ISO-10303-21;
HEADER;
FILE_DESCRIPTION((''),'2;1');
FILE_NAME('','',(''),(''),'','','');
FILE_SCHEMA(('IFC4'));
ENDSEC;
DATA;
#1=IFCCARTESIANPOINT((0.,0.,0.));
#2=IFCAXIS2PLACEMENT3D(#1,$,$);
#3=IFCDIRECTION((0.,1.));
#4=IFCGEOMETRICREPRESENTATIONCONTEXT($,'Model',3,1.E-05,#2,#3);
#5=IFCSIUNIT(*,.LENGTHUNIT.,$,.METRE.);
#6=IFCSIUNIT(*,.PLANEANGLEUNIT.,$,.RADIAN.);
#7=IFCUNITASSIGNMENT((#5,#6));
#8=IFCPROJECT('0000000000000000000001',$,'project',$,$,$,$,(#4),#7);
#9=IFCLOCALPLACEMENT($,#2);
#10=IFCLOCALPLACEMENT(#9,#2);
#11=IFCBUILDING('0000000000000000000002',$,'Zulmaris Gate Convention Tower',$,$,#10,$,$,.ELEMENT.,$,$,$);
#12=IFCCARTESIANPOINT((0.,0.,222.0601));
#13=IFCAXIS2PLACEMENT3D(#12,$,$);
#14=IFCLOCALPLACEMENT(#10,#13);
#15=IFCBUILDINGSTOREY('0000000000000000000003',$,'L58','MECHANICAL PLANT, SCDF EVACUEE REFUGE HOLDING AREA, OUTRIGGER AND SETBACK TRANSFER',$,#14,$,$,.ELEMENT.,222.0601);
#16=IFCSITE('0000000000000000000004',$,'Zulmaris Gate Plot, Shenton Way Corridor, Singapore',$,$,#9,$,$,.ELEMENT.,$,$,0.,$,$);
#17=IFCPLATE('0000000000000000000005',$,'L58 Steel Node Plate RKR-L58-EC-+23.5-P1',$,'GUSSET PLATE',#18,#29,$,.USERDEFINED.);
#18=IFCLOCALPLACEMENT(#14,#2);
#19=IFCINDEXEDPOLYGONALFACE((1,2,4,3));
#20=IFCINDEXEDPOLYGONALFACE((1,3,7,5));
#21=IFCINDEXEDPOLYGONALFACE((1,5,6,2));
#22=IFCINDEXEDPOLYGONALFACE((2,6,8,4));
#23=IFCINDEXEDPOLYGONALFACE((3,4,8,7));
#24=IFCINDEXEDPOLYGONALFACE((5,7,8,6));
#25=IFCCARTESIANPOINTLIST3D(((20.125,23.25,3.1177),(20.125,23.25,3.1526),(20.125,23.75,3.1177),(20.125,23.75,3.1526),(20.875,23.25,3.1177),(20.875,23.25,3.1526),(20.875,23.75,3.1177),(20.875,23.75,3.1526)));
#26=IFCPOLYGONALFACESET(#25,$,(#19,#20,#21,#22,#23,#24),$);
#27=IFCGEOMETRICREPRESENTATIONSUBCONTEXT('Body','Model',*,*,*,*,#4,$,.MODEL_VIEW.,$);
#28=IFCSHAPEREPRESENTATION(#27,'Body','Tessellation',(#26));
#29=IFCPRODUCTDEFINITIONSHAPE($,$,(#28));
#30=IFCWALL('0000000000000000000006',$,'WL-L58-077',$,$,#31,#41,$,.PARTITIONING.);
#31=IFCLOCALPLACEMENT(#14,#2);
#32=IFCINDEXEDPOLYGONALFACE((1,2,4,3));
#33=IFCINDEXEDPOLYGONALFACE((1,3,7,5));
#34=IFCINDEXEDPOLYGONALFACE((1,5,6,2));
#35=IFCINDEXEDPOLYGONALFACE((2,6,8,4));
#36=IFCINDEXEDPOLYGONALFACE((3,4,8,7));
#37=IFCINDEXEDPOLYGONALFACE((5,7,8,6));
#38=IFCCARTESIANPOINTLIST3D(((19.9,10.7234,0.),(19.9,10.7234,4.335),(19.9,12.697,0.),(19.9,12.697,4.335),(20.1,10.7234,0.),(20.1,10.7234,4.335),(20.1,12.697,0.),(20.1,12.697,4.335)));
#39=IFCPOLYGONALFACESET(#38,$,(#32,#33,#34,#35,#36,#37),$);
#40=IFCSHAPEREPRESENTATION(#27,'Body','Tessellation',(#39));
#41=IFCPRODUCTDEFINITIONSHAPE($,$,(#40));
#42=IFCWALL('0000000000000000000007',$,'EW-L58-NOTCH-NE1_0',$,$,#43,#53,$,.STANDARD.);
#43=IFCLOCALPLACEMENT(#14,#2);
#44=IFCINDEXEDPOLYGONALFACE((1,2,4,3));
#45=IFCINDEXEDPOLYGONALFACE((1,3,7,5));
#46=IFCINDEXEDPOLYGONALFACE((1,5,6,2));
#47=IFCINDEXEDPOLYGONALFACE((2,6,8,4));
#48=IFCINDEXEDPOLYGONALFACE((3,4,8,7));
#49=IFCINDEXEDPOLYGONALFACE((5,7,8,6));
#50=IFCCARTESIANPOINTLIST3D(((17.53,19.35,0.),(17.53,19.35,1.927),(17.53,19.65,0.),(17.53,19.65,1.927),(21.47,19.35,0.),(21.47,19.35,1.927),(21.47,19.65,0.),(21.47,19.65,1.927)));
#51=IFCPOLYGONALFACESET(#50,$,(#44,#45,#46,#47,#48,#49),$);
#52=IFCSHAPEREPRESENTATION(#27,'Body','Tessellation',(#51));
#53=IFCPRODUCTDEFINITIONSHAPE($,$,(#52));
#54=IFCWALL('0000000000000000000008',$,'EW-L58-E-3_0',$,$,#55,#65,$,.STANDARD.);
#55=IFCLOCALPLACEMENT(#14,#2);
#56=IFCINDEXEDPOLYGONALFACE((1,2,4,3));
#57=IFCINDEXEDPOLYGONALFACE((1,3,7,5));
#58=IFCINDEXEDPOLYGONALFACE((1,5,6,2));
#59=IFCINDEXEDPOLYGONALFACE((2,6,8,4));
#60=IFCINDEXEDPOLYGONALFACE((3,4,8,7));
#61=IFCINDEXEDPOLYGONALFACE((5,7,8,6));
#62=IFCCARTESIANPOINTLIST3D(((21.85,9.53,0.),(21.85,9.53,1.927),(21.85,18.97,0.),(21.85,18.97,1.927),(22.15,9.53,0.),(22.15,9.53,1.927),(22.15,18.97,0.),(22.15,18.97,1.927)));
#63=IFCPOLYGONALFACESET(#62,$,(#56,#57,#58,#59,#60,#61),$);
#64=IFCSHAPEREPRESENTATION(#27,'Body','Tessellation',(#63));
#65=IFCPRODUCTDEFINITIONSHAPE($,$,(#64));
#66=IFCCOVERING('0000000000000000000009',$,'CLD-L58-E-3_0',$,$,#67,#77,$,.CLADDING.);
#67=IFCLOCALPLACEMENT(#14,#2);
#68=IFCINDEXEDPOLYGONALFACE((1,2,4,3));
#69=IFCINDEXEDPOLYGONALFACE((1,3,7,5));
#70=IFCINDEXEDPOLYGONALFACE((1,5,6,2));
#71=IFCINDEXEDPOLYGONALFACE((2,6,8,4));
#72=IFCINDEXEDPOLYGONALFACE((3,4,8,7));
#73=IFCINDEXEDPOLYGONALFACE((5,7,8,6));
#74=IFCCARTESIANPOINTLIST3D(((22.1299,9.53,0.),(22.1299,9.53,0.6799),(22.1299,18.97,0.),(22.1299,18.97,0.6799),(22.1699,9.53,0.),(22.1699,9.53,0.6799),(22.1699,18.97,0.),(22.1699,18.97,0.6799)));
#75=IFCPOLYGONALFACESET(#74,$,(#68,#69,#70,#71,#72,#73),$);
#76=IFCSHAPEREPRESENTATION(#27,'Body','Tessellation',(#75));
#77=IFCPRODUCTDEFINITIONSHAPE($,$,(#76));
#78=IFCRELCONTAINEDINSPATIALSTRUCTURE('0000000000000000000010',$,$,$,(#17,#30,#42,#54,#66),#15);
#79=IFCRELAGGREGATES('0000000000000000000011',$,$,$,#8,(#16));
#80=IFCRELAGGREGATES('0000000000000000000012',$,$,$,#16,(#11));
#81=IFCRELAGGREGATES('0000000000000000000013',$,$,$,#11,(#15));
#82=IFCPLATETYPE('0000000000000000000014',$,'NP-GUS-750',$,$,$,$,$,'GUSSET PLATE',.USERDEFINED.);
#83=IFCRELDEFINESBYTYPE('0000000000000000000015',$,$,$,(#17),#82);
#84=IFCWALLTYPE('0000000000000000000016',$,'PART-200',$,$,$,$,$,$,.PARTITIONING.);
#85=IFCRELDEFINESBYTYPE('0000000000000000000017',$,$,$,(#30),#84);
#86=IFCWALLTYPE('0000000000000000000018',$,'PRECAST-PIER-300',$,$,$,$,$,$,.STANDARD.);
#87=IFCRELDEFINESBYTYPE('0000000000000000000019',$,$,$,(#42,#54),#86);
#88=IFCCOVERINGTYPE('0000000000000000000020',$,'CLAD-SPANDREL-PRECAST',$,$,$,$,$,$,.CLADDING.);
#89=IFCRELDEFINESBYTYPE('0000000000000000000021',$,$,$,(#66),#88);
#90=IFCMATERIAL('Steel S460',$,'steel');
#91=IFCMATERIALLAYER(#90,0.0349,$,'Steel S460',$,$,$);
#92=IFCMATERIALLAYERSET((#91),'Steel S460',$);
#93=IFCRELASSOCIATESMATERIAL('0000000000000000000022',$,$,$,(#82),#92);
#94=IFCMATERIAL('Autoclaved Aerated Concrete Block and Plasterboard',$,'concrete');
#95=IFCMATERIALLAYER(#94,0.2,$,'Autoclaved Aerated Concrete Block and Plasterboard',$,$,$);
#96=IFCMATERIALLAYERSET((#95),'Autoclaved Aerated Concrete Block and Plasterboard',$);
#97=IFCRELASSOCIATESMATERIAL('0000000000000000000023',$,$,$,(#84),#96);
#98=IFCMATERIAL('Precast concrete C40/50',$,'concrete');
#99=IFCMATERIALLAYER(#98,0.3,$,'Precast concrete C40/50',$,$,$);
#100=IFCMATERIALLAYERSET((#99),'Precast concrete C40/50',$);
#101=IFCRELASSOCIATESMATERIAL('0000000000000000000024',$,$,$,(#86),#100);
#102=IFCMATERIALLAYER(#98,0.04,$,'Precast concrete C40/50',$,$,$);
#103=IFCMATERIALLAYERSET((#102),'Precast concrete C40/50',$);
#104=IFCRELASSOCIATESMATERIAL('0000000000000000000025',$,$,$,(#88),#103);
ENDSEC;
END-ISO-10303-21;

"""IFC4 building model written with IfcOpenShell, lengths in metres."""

from ifc_helpers import new_model, si_unit, direction, frame, frame_2d, origin, origin_2d, place, context, subcontext, project, spatial, rectangle, extrude, material, layer, layer_set, type_object, element, save


model = new_model("IFC4")

# Units and contexts
model_context = context("Model", 3, precision=1e-05, world=origin(), true_north=direction((0.0, 1.0)))
body_context = subcontext(model_context, "Body", "Model", "MODEL_VIEW")
ifc_project = project(units=[si_unit("LENGTHUNIT", "METRE"), si_unit("PLANEANGLEUNIT", "RADIAN")], contexts=[model_context])

# Site, building, storey
site_placement = place(None, origin())
site = spatial("IfcSite", under=ifc_project, at=site_placement, Name="Zulmaris Gate Plot, Shenton Way Corridor, Singapore", CompositionType="ELEMENT", RefElevation=0.0)
building_placement = place(site_placement, origin())
building = spatial("IfcBuilding", under=site, at=building_placement, Name="Zulmaris Gate Convention Tower", CompositionType="ELEMENT")
storey_placement = place(building_placement, frame((0.0, 0.0, 222.0601)))
storey = spatial("IfcBuildingStorey", under=building, at=storey_placement, Name="L58", Description="MECHANICAL PLANT, SCDF EVACUEE REFUGE HOLDING AREA, OUTRIGGER AND SETBACK TRANSFER", CompositionType="ELEMENT", Elevation=222.0601)

# Shared definitions
ifc_material_1 = material(Name="Steel S460", Category="steel")

# Plate
ifc_layer_1 = layer(ifc_material_1, 0.0349, Name="Steel S460")
ifc_layer_set_1 = layer_set([ifc_layer_1], Name="Steel S460")
plate_type_1 = type_object("IfcPlateType", Name="NP-GUS-750", ElementType="GUSSET PLATE", PredefinedType="USERDEFINED", material=ifc_layer_set_1)
for number, where, z_axis, x_axis, name in (
    (1, (20.5, 23.5, 3.1177), (0.0, 0.0, 1.0), (1.0, 0.0, 0.0), "L58 Steel Node Plate RKR-L58-EC-+23.5-P1"),
):
    element("IfcPlate", number, at=place(storey_placement, frame(where, z_axis=z_axis, x_axis=x_axis)), inside=storey, type_object=plate_type_1, Name=name, ObjectType="GUSSET PLATE", PredefinedType="USERDEFINED", context=body_context, shape_type="SweptSolid", body=[
        extrude(rectangle(XDim=0.75, YDim=0.5, at=origin_2d()), origin(), (0.0, 0.0, 1.0), 0.0349),
    ])

# Walls
ifc_material_2 = material(Name="Autoclaved Aerated Concrete Block and Plasterboard", Category="concrete")
ifc_layer_2 = layer(ifc_material_2, 0.2, Name="Autoclaved Aerated Concrete Block and Plasterboard")
ifc_layer_set_2 = layer_set([ifc_layer_2], Name="Autoclaved Aerated Concrete Block and Plasterboard")
wall_type_1 = type_object("IfcWallType", Name="PART-200", PredefinedType="PARTITIONING", material=ifc_layer_set_2)
wall_1_placement = place(storey_placement, frame((20.0, 10.7234, 0.0), z_axis=(0.0, 0.0, 1.0), x_axis=(0.0, 1.0, 0.0)))
element("IfcWall", 2, at=wall_1_placement, inside=storey, type_object=wall_type_1, Name="WL-L58-077", PredefinedType="PARTITIONING", context=body_context, shape_type="SweptSolid", body=[
    extrude(rectangle(XDim=1.9736, YDim=0.2, at=frame_2d((0.9868, 0.0))), origin(), (0.0, 0.0, 1.0), 4.335),
])
ifc_material_3 = material(Name="Precast concrete C40/50", Category="concrete")
ifc_layer_3 = layer(ifc_material_3, 0.3, Name="Precast concrete C40/50")
ifc_layer_set_3 = layer_set([ifc_layer_3], Name="Precast concrete C40/50")
wall_type_2 = type_object("IfcWallType", Name="PRECAST-PIER-300", PredefinedType="STANDARD", material=ifc_layer_set_3)
wall_2_placement = place(storey_placement, frame((21.47, 19.5, 0.0), z_axis=(0.0, 0.0, 1.0), x_axis=(-1.0, 0.0, 0.0)))
element("IfcWall", 3, at=wall_2_placement, inside=storey, type_object=wall_type_2, Name="EW-L58-NOTCH-NE1_0", PredefinedType="STANDARD", context=body_context, shape_type="SweptSolid", body=[
    extrude(rectangle(XDim=3.9399, YDim=0.3, at=frame_2d((1.97, 0.0))), origin(), (0.0, 0.0, 1.0), 1.927),
])
wall_3_placement = place(storey_placement, frame((22.0, 9.53, 0.0), z_axis=(0.0, 0.0, 1.0), x_axis=(0.0, 1.0, 0.0)))
element("IfcWall", 4, at=wall_3_placement, inside=storey, type_object=wall_type_2, Name="EW-L58-E-3_0", PredefinedType="STANDARD", context=body_context, shape_type="SweptSolid", body=[
    extrude(rectangle(XDim=9.4399, YDim=0.3, at=frame_2d((4.72, 0.0))), origin(), (0.0, 0.0, 1.0), 1.927),
])

# Covering
ifc_layer_4 = layer(ifc_material_3, 0.04, Name="Precast concrete C40/50")
ifc_layer_set_4 = layer_set([ifc_layer_4], Name="Precast concrete C40/50")
covering_type = type_object("IfcCoveringType", Name="CLAD-SPANDREL-PRECAST", PredefinedType="CLADDING", material=ifc_layer_set_4)
covering_placement = place(storey_placement, frame((22.1499, 9.53, 0.0), z_axis=(0.0, 0.0, 1.0), x_axis=(0.0, 1.0, 0.0)))
element("IfcCovering", 5, at=covering_placement, inside=storey, type_object=covering_type, Name="CLD-L58-E-3_0", PredefinedType="CLADDING", context=body_context, shape_type="SweptSolid", body=[
    extrude(rectangle(XDim=9.4399, YDim=0.04, at=frame_2d((4.72, 0.0))), origin(), (0.0, 0.0, 1.0), 0.6799),
])

save(model, "model.ifc")
